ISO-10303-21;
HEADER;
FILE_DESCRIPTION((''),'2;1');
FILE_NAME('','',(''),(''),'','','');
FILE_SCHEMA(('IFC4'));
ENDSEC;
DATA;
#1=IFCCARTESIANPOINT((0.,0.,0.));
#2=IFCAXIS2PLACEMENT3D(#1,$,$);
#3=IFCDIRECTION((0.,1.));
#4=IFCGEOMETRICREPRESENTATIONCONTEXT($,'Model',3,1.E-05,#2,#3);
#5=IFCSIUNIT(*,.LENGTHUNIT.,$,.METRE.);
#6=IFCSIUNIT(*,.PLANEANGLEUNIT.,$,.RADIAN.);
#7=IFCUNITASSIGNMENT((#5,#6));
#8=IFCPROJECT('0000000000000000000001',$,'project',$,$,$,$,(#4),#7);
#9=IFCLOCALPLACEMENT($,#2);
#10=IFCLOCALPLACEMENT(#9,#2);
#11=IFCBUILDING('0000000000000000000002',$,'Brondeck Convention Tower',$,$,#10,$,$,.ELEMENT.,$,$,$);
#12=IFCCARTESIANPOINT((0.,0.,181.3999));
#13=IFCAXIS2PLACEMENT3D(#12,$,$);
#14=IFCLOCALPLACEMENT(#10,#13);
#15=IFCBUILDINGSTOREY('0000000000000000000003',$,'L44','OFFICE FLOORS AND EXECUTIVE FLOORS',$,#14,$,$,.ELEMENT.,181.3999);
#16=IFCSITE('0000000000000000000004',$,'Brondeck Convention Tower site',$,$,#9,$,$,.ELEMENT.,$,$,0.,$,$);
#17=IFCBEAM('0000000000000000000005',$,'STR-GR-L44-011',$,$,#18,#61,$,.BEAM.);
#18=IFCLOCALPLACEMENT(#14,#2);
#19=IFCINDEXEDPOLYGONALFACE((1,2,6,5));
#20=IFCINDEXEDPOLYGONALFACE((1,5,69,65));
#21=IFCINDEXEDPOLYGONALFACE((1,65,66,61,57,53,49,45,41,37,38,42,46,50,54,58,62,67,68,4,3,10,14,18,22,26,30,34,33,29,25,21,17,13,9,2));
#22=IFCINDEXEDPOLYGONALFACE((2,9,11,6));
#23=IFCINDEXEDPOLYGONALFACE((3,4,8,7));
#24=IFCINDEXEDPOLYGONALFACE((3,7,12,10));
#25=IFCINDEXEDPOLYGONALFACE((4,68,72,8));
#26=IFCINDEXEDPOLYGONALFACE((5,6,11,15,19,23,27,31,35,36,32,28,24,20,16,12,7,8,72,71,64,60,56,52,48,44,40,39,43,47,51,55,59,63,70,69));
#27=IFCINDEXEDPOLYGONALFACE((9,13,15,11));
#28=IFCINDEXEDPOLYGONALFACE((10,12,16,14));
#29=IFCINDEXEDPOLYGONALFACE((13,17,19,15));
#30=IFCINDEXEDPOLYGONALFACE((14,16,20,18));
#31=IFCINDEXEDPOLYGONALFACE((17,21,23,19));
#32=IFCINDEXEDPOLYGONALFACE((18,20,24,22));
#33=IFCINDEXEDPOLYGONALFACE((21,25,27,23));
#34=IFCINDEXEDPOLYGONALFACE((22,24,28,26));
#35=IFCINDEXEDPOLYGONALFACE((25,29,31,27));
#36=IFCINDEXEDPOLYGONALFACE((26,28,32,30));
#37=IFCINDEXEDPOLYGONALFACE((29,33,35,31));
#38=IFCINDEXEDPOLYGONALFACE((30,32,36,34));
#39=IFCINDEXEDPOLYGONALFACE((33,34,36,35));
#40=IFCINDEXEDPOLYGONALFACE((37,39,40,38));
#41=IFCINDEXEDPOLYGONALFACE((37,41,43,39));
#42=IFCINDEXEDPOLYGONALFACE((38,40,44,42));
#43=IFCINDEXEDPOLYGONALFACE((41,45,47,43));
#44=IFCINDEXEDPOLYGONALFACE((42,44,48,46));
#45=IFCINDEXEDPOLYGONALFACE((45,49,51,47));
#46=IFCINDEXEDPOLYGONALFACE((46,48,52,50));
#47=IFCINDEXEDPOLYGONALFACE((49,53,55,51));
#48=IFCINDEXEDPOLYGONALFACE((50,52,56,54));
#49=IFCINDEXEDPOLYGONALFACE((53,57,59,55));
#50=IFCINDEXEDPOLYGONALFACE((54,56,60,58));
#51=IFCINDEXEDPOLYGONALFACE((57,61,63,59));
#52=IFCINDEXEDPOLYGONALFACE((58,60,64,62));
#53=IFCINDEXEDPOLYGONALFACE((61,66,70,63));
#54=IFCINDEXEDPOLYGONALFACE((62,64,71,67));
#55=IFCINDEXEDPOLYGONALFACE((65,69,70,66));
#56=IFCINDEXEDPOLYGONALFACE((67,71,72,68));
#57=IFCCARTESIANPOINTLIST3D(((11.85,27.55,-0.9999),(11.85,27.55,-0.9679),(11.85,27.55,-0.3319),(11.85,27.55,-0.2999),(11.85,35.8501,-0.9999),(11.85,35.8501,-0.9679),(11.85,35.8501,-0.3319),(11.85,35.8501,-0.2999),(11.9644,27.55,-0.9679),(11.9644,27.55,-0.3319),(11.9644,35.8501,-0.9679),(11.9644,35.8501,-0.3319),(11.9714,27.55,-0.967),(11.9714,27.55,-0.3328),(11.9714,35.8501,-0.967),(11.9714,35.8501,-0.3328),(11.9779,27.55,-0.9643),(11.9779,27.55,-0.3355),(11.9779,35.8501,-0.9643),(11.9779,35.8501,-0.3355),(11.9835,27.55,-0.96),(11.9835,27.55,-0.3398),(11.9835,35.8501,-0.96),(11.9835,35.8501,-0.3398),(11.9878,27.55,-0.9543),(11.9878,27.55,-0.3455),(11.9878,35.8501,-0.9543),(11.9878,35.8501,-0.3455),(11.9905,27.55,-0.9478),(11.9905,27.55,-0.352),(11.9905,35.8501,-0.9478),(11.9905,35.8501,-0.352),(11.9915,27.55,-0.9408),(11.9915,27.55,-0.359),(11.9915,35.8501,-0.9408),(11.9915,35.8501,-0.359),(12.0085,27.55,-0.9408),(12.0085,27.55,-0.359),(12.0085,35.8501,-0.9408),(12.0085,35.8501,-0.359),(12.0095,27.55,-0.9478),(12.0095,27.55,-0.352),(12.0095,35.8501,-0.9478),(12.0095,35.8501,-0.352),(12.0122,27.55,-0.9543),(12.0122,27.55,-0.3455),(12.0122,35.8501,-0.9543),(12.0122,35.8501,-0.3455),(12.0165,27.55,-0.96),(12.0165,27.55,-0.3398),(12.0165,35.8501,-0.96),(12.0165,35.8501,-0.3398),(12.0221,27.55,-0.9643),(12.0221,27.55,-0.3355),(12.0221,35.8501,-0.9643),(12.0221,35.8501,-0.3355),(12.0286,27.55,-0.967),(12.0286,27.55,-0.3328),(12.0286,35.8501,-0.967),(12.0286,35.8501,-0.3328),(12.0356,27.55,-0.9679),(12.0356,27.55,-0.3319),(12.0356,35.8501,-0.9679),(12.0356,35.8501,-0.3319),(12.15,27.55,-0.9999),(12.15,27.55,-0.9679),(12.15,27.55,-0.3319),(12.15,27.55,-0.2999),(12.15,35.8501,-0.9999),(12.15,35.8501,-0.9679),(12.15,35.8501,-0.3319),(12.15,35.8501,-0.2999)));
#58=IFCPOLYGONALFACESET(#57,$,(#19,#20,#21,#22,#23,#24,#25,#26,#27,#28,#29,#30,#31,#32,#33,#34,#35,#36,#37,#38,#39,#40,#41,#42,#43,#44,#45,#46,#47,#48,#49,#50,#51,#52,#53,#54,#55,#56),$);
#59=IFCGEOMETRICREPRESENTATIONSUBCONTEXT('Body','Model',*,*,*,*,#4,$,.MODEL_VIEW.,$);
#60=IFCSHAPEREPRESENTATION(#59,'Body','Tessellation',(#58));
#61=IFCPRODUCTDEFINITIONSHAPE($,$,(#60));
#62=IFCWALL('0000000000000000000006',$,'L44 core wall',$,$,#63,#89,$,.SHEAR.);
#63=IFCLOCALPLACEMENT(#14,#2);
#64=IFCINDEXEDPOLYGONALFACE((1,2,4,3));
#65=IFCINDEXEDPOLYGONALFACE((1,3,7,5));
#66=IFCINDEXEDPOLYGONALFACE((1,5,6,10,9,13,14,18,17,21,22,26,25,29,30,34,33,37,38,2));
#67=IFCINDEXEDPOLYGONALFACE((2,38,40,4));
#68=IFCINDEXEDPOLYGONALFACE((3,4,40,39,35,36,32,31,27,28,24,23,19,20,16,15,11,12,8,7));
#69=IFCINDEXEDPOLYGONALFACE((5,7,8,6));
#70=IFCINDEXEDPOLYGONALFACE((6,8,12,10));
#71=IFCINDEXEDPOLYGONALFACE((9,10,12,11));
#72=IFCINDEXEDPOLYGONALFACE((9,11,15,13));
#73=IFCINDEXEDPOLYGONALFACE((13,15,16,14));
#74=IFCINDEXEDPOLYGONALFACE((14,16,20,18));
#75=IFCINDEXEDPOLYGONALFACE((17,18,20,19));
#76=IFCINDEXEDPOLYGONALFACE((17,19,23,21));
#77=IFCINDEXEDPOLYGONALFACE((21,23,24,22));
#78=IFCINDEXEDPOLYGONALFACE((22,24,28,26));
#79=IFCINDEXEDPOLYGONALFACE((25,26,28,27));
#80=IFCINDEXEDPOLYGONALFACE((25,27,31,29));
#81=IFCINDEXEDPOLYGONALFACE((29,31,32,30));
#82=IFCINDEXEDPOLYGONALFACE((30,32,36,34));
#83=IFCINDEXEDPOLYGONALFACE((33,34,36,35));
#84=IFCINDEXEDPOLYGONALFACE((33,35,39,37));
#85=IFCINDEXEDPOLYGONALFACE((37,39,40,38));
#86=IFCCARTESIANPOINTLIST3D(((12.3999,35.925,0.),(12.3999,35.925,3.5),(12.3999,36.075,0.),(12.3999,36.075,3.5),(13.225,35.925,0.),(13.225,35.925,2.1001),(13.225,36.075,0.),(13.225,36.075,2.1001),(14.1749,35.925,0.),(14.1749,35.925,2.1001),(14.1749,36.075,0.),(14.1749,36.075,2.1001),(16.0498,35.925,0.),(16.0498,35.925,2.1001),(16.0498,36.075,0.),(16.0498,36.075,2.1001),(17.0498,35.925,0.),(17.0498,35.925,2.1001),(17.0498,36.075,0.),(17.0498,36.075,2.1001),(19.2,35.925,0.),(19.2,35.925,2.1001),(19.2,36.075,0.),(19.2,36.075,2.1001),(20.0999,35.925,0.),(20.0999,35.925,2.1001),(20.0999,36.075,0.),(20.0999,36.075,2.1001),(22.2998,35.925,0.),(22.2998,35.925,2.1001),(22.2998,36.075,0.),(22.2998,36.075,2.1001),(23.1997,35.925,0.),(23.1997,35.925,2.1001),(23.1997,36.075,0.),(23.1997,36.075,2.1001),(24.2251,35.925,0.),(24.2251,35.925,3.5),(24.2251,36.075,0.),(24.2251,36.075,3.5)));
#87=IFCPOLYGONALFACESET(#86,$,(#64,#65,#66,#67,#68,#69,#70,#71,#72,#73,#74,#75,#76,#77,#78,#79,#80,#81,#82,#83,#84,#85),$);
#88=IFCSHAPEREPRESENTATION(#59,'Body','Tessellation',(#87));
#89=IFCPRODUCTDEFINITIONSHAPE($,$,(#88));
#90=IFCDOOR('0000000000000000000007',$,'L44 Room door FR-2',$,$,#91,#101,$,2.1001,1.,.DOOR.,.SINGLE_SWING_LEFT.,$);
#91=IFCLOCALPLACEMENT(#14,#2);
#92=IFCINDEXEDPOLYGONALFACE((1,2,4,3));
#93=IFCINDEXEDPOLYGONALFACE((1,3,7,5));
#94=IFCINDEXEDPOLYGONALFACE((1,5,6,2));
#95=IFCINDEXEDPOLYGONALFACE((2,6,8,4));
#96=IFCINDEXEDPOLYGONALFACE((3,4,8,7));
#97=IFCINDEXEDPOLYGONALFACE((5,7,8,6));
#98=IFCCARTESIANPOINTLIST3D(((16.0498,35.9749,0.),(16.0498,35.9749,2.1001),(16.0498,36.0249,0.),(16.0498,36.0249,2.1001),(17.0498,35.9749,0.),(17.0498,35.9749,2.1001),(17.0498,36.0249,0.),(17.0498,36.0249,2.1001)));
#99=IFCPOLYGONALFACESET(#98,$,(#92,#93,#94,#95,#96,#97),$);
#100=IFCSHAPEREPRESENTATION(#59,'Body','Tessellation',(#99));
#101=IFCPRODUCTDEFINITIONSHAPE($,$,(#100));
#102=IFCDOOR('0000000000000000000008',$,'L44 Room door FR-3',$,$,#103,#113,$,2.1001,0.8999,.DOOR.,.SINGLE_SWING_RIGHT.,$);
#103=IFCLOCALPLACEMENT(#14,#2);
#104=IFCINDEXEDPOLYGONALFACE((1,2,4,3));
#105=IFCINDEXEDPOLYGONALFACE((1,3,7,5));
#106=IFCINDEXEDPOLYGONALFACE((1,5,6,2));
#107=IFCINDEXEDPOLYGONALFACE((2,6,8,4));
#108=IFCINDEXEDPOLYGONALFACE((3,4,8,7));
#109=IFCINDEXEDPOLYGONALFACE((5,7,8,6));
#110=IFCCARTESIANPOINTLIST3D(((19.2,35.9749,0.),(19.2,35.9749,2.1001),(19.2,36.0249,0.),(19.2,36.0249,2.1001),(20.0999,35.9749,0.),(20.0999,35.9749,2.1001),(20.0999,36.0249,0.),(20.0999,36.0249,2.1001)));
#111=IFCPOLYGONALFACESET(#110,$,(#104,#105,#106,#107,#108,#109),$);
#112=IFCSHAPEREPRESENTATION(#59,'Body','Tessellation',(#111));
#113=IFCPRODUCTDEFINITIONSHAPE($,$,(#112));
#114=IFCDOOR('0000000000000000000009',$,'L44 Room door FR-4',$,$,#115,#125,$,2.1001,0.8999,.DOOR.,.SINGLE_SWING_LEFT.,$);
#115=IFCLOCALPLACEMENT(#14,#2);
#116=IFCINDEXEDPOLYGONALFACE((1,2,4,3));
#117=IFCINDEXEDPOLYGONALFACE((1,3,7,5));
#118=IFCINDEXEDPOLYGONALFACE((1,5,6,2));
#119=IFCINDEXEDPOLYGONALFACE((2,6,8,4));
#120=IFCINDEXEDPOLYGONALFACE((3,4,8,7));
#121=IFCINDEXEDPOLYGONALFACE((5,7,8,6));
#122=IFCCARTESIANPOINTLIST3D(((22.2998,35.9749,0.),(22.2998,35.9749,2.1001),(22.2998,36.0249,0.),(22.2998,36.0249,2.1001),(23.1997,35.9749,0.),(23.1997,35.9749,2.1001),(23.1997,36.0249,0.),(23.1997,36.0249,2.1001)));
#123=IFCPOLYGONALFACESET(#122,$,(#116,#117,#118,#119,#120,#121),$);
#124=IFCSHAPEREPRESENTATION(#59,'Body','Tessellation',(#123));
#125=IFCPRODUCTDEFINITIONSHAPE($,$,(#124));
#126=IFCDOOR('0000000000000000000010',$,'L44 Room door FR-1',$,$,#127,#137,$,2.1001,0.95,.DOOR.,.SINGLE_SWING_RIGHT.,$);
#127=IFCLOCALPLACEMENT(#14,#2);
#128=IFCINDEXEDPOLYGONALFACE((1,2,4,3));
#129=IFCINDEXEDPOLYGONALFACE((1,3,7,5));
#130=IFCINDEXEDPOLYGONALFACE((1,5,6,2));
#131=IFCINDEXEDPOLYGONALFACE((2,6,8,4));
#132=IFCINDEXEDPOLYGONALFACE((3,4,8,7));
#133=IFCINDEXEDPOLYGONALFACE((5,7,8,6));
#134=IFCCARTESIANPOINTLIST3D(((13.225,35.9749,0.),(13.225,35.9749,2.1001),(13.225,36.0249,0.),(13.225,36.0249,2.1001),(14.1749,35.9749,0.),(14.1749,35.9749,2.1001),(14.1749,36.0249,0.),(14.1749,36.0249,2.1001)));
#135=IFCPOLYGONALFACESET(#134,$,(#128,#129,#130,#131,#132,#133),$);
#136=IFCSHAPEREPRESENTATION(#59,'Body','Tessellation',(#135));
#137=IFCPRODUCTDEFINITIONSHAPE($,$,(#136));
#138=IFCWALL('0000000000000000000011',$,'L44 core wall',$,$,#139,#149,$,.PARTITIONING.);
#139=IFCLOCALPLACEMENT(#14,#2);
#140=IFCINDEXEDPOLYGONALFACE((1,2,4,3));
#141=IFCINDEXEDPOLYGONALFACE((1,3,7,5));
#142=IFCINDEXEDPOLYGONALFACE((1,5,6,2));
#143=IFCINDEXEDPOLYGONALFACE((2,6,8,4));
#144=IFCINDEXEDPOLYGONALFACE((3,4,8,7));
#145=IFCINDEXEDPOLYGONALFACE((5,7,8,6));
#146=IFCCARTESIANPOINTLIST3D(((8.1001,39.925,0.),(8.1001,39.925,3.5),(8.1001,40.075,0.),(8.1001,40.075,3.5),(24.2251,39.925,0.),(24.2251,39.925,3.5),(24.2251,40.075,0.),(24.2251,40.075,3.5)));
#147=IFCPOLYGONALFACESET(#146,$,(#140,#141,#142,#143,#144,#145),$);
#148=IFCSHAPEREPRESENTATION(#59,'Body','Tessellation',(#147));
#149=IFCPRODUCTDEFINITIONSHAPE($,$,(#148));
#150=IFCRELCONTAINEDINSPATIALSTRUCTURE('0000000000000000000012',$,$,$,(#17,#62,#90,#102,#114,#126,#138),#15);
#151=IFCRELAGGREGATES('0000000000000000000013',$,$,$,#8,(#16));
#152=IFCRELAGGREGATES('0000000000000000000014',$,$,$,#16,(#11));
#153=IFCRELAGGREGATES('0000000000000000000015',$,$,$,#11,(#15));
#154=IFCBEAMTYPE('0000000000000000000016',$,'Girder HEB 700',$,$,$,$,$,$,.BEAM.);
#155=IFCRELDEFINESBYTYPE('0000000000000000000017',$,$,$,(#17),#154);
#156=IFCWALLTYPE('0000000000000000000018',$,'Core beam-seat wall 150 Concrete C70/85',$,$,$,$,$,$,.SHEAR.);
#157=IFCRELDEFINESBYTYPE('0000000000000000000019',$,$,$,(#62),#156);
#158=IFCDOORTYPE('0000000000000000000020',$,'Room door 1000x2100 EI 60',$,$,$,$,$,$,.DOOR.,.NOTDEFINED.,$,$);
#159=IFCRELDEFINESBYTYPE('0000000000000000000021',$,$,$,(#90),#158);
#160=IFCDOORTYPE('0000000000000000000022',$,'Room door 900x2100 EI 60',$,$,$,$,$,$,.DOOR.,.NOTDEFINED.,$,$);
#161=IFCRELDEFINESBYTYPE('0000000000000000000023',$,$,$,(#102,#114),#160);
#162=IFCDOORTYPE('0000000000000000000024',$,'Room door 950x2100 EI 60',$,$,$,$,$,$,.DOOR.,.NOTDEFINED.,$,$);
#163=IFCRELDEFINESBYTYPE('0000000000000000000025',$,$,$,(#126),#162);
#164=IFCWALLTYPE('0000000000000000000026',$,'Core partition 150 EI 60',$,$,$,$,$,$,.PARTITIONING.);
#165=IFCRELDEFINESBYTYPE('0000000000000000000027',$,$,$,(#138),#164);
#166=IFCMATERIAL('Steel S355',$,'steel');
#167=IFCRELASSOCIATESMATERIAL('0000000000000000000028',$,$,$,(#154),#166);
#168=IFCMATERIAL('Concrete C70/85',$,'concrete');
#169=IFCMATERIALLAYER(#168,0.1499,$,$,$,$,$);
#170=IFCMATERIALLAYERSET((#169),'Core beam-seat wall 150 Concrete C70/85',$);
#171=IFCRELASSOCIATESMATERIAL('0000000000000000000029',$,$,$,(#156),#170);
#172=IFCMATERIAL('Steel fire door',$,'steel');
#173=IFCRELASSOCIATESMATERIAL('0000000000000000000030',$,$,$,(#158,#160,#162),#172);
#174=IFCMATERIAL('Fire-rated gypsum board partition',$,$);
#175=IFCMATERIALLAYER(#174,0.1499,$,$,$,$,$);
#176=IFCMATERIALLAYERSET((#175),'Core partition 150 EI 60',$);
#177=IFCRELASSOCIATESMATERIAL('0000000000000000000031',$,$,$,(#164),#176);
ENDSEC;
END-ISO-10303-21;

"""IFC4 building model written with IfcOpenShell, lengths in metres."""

from ifc_helpers import new_model, si_unit, direction, frame, frame_2d, origin, origin_2d, place, context, subcontext, project, spatial, rectangle, i_section, extrude, material, layer, layer_set, material_profile, profile_set, type_object, element, fill, save


model = new_model("IFC4")

# Units and contexts
model_context = context("Model", 3, precision=1e-05, world=origin(), true_north=direction((0.0, 1.0)))
body_context = subcontext(model_context, "Body", "Model", "MODEL_VIEW")
ifc_project = project(units=[si_unit("LENGTHUNIT", "METRE"), si_unit("PLANEANGLEUNIT", "RADIAN")], contexts=[model_context])

# Site, building, storey
site_placement = place(None, origin())
site = spatial("IfcSite", under=ifc_project, at=site_placement, Name="Brondeck Convention Tower site", CompositionType="ELEMENT", RefElevation=0.0)
building_placement = place(site_placement, origin())
building = spatial("IfcBuilding", under=site, at=building_placement, Name="Brondeck Convention Tower", CompositionType="ELEMENT")
storey_placement = place(building_placement, frame((0.0, 0.0, 181.3999)))
storey = spatial("IfcBuildingStorey", under=building, at=storey_placement, Name="L44", Description="OFFICE FLOORS AND EXECUTIVE FLOORS", CompositionType="ELEMENT", Elevation=181.3999)

# Beam
ifc_material_1 = material(Name="Steel S355", Category="steel")
ifc_material_profile = material_profile(ifc_material_1, i_section(OverallWidth=0.3, OverallDepth=0.7, WebThickness=0.0171, FlangeThickness=0.032, FilletRadius=0.0271, at=origin_2d()), Name="HEB 700")
ifc_profile_set = profile_set([ifc_material_profile], Name="Steel S355")
beam_type = type_object("IfcBeamType", Name="Girder HEB 700", PredefinedType="BEAM", material=ifc_profile_set)
beam_placement = place(storey_placement, frame((12.0, 35.8501, -0.6499), z_axis=(0.0, -1.0, 0.0), x_axis=(1.0, 0.0, 0.0)))
element("IfcBeam", 1, at=beam_placement, inside=storey, type_object=beam_type, Name="STR-GR-L44-011", PredefinedType="BEAM", context=body_context, shape_type="SweptSolid", body=[
    extrude(i_section(OverallWidth=0.3, OverallDepth=0.7, WebThickness=0.0171, FlangeThickness=0.032, FilletRadius=0.0271, at=origin_2d()), origin(), (0.0, 0.0, 1.0), 8.3),
])

# Wall, openings, doors
ifc_material_2 = material(Name="Concrete C70/85", Category="concrete")
ifc_layer_1 = layer(ifc_material_2, 0.1499)
ifc_layer_set_1 = layer_set([ifc_layer_1], Name="Core beam-seat wall 150 Concrete C70/85")
wall_type_1 = type_object("IfcWallType", Name="Core beam-seat wall 150 Concrete C70/85", PredefinedType="SHEAR", material=ifc_layer_set_1)
wall_1_placement = place(storey_placement, frame((12.3999, 36.0, 0.0), z_axis=(0.0, 0.0, 1.0), x_axis=(1.0, 0.0, 0.0)))
wall_1 = element("IfcWall", 2, at=wall_1_placement, inside=storey, type_object=wall_type_1, Name="L44 core wall", PredefinedType="SHEAR", context=body_context, shape_type="SweptSolid", body=[
    extrude(rectangle(XDim=11.8252, YDim=0.1499, at=frame_2d((5.9126, 0.0))), origin(), (0.0, 0.0, 1.0), 3.5),
])
opening_1_placement = place(wall_1_placement, frame((0.825, 0.0, 0.0)))
opening_1 = element("IfcOpeningElement", 3, at=opening_1_placement, cuts=wall_1, PredefinedType="OPENING", context=body_context, shape_type="SweptSolid", body=[
    extrude(rectangle(XDim=0.95, YDim=2.1001, at=frame_2d((0.4751, 1.05))), frame((0.0, 0.085, 0.0), z_axis=(0.0, -1.0, 0.0), x_axis=(1.0, 0.0, 0.0)), (0.0, 0.0, 1.0), 0.1699),
])
opening_2_placement = place(wall_1_placement, frame((3.6499, 0.0, 0.0)))
opening_2 = element("IfcOpeningElement", 4, at=opening_2_placement, cuts=wall_1, PredefinedType="OPENING", context=body_context, shape_type="SweptSolid", body=[
    extrude(rectangle(XDim=1.0, YDim=2.1001, at=frame_2d((0.5, 1.05))), frame((0.0, 0.085, 0.0), z_axis=(0.0, -1.0, 0.0), x_axis=(1.0, 0.0, 0.0)), (0.0, 0.0, 1.0), 0.1699),
])
opening_3_placement = place(wall_1_placement, frame((6.8, 0.0, 0.0)))
opening_3 = element("IfcOpeningElement", 5, at=opening_3_placement, cuts=wall_1, PredefinedType="OPENING", context=body_context, shape_type="SweptSolid", body=[
    extrude(rectangle(XDim=0.8999, YDim=2.1001, at=frame_2d((0.45, 1.05))), frame((0.0, 0.085, 0.0), z_axis=(0.0, -1.0, 0.0), x_axis=(1.0, 0.0, 0.0)), (0.0, 0.0, 1.0), 0.1699),
])
opening_4_placement = place(wall_1_placement, frame((9.8999, 0.0, 0.0)))
opening_4 = element("IfcOpeningElement", 6, at=opening_4_placement, cuts=wall_1, PredefinedType="OPENING", context=body_context, shape_type="SweptSolid", body=[
    extrude(rectangle(XDim=0.8999, YDim=2.1001, at=frame_2d((0.45, 1.05))), frame((0.0, 0.085, 0.0), z_axis=(0.0, -1.0, 0.0), x_axis=(1.0, 0.0, 0.0)), (0.0, 0.0, 1.0), 0.1699),
])
ifc_material_3 = material(Name="Steel fire door", Category="steel")
door_type_1 = type_object("IfcDoorType", Name="Room door 1000x2100 EI 60", OperationType="NOTDEFINED", PredefinedType="DOOR", material=ifc_material_3)
door_1_placement = place(opening_2_placement, origin())
door_1 = element("IfcDoor", 7, at=door_1_placement, inside=storey, type_object=door_type_1, Name="L44 Room door FR-2", OperationType="SINGLE_SWING_LEFT", OverallHeight=2.1001, OverallWidth=1.0, PredefinedType="DOOR", context=body_context, shape_type="SweptSolid", body=[
    extrude(rectangle(XDim=1.0, YDim=2.1001, at=frame_2d((0.5, 1.05))), frame((0.0, 0.0249, 0.0), z_axis=(0.0, -1.0, 0.0), x_axis=(1.0, 0.0, 0.0)), (0.0, 0.0, 1.0), 0.05),
])
fill(opening_2, door_1)
door_type_2 = type_object("IfcDoorType", Name="Room door 900x2100 EI 60", OperationType="NOTDEFINED", PredefinedType="DOOR", material=ifc_material_3)
door_2_placement = place(opening_3_placement, origin())
door_2 = element("IfcDoor", 8, at=door_2_placement, inside=storey, type_object=door_type_2, Name="L44 Room door FR-3", OperationType="SINGLE_SWING_RIGHT", OverallHeight=2.1001, OverallWidth=0.8999, PredefinedType="DOOR", context=body_context, shape_type="SweptSolid", body=[
    extrude(rectangle(XDim=0.8999, YDim=2.1001, at=frame_2d((0.45, 1.05))), frame((0.0, 0.0249, 0.0), z_axis=(0.0, -1.0, 0.0), x_axis=(1.0, 0.0, 0.0)), (0.0, 0.0, 1.0), 0.05),
])
fill(opening_3, door_2)
door_3_placement = place(opening_4_placement, origin())
door_3 = element("IfcDoor", 9, at=door_3_placement, inside=storey, type_object=door_type_2, Name="L44 Room door FR-4", OperationType="SINGLE_SWING_LEFT", OverallHeight=2.1001, OverallWidth=0.8999, PredefinedType="DOOR", context=body_context, shape_type="SweptSolid", body=[
    extrude(rectangle(XDim=0.8999, YDim=2.1001, at=frame_2d((0.45, 1.05))), frame((0.0, 0.0249, 0.0), z_axis=(0.0, -1.0, 0.0), x_axis=(1.0, 0.0, 0.0)), (0.0, 0.0, 1.0), 0.05),
])
fill(opening_4, door_3)
door_type_3 = type_object("IfcDoorType", Name="Room door 950x2100 EI 60", OperationType="NOTDEFINED", PredefinedType="DOOR", material=ifc_material_3)
door_4_placement = place(opening_1_placement, origin())
door_4 = element("IfcDoor", 10, at=door_4_placement, inside=storey, type_object=door_type_3, Name="L44 Room door FR-1", OperationType="SINGLE_SWING_RIGHT", OverallHeight=2.1001, OverallWidth=0.95, PredefinedType="DOOR", context=body_context, shape_type="SweptSolid", body=[
    extrude(rectangle(XDim=0.95, YDim=2.1001, at=frame_2d((0.4751, 1.05))), frame((0.0, 0.0249, 0.0), z_axis=(0.0, -1.0, 0.0), x_axis=(1.0, 0.0, 0.0)), (0.0, 0.0, 1.0), 0.05),
])
fill(opening_1, door_4)

# Wall
ifc_material_4 = material(Name="Fire-rated gypsum board partition")
ifc_layer_2 = layer(ifc_material_4, 0.1499)
ifc_layer_set_2 = layer_set([ifc_layer_2], Name="Core partition 150 EI 60")
wall_type_2 = type_object("IfcWallType", Name="Core partition 150 EI 60", PredefinedType="PARTITIONING", material=ifc_layer_set_2)
wall_2_placement = place(storey_placement, frame((8.1001, 40.0, 0.0), z_axis=(0.0, 0.0, 1.0), x_axis=(1.0, 0.0, 0.0)))
element("IfcWall", 11, at=wall_2_placement, inside=storey, type_object=wall_type_2, Name="L44 core wall", PredefinedType="PARTITIONING", context=body_context, shape_type="SweptSolid", body=[
    extrude(rectangle(XDim=16.125, YDim=0.1499, at=frame_2d((8.0625, 0.0))), origin(), (0.0, 0.0, 1.0), 3.5),
])

save(model, "model.ifc")
